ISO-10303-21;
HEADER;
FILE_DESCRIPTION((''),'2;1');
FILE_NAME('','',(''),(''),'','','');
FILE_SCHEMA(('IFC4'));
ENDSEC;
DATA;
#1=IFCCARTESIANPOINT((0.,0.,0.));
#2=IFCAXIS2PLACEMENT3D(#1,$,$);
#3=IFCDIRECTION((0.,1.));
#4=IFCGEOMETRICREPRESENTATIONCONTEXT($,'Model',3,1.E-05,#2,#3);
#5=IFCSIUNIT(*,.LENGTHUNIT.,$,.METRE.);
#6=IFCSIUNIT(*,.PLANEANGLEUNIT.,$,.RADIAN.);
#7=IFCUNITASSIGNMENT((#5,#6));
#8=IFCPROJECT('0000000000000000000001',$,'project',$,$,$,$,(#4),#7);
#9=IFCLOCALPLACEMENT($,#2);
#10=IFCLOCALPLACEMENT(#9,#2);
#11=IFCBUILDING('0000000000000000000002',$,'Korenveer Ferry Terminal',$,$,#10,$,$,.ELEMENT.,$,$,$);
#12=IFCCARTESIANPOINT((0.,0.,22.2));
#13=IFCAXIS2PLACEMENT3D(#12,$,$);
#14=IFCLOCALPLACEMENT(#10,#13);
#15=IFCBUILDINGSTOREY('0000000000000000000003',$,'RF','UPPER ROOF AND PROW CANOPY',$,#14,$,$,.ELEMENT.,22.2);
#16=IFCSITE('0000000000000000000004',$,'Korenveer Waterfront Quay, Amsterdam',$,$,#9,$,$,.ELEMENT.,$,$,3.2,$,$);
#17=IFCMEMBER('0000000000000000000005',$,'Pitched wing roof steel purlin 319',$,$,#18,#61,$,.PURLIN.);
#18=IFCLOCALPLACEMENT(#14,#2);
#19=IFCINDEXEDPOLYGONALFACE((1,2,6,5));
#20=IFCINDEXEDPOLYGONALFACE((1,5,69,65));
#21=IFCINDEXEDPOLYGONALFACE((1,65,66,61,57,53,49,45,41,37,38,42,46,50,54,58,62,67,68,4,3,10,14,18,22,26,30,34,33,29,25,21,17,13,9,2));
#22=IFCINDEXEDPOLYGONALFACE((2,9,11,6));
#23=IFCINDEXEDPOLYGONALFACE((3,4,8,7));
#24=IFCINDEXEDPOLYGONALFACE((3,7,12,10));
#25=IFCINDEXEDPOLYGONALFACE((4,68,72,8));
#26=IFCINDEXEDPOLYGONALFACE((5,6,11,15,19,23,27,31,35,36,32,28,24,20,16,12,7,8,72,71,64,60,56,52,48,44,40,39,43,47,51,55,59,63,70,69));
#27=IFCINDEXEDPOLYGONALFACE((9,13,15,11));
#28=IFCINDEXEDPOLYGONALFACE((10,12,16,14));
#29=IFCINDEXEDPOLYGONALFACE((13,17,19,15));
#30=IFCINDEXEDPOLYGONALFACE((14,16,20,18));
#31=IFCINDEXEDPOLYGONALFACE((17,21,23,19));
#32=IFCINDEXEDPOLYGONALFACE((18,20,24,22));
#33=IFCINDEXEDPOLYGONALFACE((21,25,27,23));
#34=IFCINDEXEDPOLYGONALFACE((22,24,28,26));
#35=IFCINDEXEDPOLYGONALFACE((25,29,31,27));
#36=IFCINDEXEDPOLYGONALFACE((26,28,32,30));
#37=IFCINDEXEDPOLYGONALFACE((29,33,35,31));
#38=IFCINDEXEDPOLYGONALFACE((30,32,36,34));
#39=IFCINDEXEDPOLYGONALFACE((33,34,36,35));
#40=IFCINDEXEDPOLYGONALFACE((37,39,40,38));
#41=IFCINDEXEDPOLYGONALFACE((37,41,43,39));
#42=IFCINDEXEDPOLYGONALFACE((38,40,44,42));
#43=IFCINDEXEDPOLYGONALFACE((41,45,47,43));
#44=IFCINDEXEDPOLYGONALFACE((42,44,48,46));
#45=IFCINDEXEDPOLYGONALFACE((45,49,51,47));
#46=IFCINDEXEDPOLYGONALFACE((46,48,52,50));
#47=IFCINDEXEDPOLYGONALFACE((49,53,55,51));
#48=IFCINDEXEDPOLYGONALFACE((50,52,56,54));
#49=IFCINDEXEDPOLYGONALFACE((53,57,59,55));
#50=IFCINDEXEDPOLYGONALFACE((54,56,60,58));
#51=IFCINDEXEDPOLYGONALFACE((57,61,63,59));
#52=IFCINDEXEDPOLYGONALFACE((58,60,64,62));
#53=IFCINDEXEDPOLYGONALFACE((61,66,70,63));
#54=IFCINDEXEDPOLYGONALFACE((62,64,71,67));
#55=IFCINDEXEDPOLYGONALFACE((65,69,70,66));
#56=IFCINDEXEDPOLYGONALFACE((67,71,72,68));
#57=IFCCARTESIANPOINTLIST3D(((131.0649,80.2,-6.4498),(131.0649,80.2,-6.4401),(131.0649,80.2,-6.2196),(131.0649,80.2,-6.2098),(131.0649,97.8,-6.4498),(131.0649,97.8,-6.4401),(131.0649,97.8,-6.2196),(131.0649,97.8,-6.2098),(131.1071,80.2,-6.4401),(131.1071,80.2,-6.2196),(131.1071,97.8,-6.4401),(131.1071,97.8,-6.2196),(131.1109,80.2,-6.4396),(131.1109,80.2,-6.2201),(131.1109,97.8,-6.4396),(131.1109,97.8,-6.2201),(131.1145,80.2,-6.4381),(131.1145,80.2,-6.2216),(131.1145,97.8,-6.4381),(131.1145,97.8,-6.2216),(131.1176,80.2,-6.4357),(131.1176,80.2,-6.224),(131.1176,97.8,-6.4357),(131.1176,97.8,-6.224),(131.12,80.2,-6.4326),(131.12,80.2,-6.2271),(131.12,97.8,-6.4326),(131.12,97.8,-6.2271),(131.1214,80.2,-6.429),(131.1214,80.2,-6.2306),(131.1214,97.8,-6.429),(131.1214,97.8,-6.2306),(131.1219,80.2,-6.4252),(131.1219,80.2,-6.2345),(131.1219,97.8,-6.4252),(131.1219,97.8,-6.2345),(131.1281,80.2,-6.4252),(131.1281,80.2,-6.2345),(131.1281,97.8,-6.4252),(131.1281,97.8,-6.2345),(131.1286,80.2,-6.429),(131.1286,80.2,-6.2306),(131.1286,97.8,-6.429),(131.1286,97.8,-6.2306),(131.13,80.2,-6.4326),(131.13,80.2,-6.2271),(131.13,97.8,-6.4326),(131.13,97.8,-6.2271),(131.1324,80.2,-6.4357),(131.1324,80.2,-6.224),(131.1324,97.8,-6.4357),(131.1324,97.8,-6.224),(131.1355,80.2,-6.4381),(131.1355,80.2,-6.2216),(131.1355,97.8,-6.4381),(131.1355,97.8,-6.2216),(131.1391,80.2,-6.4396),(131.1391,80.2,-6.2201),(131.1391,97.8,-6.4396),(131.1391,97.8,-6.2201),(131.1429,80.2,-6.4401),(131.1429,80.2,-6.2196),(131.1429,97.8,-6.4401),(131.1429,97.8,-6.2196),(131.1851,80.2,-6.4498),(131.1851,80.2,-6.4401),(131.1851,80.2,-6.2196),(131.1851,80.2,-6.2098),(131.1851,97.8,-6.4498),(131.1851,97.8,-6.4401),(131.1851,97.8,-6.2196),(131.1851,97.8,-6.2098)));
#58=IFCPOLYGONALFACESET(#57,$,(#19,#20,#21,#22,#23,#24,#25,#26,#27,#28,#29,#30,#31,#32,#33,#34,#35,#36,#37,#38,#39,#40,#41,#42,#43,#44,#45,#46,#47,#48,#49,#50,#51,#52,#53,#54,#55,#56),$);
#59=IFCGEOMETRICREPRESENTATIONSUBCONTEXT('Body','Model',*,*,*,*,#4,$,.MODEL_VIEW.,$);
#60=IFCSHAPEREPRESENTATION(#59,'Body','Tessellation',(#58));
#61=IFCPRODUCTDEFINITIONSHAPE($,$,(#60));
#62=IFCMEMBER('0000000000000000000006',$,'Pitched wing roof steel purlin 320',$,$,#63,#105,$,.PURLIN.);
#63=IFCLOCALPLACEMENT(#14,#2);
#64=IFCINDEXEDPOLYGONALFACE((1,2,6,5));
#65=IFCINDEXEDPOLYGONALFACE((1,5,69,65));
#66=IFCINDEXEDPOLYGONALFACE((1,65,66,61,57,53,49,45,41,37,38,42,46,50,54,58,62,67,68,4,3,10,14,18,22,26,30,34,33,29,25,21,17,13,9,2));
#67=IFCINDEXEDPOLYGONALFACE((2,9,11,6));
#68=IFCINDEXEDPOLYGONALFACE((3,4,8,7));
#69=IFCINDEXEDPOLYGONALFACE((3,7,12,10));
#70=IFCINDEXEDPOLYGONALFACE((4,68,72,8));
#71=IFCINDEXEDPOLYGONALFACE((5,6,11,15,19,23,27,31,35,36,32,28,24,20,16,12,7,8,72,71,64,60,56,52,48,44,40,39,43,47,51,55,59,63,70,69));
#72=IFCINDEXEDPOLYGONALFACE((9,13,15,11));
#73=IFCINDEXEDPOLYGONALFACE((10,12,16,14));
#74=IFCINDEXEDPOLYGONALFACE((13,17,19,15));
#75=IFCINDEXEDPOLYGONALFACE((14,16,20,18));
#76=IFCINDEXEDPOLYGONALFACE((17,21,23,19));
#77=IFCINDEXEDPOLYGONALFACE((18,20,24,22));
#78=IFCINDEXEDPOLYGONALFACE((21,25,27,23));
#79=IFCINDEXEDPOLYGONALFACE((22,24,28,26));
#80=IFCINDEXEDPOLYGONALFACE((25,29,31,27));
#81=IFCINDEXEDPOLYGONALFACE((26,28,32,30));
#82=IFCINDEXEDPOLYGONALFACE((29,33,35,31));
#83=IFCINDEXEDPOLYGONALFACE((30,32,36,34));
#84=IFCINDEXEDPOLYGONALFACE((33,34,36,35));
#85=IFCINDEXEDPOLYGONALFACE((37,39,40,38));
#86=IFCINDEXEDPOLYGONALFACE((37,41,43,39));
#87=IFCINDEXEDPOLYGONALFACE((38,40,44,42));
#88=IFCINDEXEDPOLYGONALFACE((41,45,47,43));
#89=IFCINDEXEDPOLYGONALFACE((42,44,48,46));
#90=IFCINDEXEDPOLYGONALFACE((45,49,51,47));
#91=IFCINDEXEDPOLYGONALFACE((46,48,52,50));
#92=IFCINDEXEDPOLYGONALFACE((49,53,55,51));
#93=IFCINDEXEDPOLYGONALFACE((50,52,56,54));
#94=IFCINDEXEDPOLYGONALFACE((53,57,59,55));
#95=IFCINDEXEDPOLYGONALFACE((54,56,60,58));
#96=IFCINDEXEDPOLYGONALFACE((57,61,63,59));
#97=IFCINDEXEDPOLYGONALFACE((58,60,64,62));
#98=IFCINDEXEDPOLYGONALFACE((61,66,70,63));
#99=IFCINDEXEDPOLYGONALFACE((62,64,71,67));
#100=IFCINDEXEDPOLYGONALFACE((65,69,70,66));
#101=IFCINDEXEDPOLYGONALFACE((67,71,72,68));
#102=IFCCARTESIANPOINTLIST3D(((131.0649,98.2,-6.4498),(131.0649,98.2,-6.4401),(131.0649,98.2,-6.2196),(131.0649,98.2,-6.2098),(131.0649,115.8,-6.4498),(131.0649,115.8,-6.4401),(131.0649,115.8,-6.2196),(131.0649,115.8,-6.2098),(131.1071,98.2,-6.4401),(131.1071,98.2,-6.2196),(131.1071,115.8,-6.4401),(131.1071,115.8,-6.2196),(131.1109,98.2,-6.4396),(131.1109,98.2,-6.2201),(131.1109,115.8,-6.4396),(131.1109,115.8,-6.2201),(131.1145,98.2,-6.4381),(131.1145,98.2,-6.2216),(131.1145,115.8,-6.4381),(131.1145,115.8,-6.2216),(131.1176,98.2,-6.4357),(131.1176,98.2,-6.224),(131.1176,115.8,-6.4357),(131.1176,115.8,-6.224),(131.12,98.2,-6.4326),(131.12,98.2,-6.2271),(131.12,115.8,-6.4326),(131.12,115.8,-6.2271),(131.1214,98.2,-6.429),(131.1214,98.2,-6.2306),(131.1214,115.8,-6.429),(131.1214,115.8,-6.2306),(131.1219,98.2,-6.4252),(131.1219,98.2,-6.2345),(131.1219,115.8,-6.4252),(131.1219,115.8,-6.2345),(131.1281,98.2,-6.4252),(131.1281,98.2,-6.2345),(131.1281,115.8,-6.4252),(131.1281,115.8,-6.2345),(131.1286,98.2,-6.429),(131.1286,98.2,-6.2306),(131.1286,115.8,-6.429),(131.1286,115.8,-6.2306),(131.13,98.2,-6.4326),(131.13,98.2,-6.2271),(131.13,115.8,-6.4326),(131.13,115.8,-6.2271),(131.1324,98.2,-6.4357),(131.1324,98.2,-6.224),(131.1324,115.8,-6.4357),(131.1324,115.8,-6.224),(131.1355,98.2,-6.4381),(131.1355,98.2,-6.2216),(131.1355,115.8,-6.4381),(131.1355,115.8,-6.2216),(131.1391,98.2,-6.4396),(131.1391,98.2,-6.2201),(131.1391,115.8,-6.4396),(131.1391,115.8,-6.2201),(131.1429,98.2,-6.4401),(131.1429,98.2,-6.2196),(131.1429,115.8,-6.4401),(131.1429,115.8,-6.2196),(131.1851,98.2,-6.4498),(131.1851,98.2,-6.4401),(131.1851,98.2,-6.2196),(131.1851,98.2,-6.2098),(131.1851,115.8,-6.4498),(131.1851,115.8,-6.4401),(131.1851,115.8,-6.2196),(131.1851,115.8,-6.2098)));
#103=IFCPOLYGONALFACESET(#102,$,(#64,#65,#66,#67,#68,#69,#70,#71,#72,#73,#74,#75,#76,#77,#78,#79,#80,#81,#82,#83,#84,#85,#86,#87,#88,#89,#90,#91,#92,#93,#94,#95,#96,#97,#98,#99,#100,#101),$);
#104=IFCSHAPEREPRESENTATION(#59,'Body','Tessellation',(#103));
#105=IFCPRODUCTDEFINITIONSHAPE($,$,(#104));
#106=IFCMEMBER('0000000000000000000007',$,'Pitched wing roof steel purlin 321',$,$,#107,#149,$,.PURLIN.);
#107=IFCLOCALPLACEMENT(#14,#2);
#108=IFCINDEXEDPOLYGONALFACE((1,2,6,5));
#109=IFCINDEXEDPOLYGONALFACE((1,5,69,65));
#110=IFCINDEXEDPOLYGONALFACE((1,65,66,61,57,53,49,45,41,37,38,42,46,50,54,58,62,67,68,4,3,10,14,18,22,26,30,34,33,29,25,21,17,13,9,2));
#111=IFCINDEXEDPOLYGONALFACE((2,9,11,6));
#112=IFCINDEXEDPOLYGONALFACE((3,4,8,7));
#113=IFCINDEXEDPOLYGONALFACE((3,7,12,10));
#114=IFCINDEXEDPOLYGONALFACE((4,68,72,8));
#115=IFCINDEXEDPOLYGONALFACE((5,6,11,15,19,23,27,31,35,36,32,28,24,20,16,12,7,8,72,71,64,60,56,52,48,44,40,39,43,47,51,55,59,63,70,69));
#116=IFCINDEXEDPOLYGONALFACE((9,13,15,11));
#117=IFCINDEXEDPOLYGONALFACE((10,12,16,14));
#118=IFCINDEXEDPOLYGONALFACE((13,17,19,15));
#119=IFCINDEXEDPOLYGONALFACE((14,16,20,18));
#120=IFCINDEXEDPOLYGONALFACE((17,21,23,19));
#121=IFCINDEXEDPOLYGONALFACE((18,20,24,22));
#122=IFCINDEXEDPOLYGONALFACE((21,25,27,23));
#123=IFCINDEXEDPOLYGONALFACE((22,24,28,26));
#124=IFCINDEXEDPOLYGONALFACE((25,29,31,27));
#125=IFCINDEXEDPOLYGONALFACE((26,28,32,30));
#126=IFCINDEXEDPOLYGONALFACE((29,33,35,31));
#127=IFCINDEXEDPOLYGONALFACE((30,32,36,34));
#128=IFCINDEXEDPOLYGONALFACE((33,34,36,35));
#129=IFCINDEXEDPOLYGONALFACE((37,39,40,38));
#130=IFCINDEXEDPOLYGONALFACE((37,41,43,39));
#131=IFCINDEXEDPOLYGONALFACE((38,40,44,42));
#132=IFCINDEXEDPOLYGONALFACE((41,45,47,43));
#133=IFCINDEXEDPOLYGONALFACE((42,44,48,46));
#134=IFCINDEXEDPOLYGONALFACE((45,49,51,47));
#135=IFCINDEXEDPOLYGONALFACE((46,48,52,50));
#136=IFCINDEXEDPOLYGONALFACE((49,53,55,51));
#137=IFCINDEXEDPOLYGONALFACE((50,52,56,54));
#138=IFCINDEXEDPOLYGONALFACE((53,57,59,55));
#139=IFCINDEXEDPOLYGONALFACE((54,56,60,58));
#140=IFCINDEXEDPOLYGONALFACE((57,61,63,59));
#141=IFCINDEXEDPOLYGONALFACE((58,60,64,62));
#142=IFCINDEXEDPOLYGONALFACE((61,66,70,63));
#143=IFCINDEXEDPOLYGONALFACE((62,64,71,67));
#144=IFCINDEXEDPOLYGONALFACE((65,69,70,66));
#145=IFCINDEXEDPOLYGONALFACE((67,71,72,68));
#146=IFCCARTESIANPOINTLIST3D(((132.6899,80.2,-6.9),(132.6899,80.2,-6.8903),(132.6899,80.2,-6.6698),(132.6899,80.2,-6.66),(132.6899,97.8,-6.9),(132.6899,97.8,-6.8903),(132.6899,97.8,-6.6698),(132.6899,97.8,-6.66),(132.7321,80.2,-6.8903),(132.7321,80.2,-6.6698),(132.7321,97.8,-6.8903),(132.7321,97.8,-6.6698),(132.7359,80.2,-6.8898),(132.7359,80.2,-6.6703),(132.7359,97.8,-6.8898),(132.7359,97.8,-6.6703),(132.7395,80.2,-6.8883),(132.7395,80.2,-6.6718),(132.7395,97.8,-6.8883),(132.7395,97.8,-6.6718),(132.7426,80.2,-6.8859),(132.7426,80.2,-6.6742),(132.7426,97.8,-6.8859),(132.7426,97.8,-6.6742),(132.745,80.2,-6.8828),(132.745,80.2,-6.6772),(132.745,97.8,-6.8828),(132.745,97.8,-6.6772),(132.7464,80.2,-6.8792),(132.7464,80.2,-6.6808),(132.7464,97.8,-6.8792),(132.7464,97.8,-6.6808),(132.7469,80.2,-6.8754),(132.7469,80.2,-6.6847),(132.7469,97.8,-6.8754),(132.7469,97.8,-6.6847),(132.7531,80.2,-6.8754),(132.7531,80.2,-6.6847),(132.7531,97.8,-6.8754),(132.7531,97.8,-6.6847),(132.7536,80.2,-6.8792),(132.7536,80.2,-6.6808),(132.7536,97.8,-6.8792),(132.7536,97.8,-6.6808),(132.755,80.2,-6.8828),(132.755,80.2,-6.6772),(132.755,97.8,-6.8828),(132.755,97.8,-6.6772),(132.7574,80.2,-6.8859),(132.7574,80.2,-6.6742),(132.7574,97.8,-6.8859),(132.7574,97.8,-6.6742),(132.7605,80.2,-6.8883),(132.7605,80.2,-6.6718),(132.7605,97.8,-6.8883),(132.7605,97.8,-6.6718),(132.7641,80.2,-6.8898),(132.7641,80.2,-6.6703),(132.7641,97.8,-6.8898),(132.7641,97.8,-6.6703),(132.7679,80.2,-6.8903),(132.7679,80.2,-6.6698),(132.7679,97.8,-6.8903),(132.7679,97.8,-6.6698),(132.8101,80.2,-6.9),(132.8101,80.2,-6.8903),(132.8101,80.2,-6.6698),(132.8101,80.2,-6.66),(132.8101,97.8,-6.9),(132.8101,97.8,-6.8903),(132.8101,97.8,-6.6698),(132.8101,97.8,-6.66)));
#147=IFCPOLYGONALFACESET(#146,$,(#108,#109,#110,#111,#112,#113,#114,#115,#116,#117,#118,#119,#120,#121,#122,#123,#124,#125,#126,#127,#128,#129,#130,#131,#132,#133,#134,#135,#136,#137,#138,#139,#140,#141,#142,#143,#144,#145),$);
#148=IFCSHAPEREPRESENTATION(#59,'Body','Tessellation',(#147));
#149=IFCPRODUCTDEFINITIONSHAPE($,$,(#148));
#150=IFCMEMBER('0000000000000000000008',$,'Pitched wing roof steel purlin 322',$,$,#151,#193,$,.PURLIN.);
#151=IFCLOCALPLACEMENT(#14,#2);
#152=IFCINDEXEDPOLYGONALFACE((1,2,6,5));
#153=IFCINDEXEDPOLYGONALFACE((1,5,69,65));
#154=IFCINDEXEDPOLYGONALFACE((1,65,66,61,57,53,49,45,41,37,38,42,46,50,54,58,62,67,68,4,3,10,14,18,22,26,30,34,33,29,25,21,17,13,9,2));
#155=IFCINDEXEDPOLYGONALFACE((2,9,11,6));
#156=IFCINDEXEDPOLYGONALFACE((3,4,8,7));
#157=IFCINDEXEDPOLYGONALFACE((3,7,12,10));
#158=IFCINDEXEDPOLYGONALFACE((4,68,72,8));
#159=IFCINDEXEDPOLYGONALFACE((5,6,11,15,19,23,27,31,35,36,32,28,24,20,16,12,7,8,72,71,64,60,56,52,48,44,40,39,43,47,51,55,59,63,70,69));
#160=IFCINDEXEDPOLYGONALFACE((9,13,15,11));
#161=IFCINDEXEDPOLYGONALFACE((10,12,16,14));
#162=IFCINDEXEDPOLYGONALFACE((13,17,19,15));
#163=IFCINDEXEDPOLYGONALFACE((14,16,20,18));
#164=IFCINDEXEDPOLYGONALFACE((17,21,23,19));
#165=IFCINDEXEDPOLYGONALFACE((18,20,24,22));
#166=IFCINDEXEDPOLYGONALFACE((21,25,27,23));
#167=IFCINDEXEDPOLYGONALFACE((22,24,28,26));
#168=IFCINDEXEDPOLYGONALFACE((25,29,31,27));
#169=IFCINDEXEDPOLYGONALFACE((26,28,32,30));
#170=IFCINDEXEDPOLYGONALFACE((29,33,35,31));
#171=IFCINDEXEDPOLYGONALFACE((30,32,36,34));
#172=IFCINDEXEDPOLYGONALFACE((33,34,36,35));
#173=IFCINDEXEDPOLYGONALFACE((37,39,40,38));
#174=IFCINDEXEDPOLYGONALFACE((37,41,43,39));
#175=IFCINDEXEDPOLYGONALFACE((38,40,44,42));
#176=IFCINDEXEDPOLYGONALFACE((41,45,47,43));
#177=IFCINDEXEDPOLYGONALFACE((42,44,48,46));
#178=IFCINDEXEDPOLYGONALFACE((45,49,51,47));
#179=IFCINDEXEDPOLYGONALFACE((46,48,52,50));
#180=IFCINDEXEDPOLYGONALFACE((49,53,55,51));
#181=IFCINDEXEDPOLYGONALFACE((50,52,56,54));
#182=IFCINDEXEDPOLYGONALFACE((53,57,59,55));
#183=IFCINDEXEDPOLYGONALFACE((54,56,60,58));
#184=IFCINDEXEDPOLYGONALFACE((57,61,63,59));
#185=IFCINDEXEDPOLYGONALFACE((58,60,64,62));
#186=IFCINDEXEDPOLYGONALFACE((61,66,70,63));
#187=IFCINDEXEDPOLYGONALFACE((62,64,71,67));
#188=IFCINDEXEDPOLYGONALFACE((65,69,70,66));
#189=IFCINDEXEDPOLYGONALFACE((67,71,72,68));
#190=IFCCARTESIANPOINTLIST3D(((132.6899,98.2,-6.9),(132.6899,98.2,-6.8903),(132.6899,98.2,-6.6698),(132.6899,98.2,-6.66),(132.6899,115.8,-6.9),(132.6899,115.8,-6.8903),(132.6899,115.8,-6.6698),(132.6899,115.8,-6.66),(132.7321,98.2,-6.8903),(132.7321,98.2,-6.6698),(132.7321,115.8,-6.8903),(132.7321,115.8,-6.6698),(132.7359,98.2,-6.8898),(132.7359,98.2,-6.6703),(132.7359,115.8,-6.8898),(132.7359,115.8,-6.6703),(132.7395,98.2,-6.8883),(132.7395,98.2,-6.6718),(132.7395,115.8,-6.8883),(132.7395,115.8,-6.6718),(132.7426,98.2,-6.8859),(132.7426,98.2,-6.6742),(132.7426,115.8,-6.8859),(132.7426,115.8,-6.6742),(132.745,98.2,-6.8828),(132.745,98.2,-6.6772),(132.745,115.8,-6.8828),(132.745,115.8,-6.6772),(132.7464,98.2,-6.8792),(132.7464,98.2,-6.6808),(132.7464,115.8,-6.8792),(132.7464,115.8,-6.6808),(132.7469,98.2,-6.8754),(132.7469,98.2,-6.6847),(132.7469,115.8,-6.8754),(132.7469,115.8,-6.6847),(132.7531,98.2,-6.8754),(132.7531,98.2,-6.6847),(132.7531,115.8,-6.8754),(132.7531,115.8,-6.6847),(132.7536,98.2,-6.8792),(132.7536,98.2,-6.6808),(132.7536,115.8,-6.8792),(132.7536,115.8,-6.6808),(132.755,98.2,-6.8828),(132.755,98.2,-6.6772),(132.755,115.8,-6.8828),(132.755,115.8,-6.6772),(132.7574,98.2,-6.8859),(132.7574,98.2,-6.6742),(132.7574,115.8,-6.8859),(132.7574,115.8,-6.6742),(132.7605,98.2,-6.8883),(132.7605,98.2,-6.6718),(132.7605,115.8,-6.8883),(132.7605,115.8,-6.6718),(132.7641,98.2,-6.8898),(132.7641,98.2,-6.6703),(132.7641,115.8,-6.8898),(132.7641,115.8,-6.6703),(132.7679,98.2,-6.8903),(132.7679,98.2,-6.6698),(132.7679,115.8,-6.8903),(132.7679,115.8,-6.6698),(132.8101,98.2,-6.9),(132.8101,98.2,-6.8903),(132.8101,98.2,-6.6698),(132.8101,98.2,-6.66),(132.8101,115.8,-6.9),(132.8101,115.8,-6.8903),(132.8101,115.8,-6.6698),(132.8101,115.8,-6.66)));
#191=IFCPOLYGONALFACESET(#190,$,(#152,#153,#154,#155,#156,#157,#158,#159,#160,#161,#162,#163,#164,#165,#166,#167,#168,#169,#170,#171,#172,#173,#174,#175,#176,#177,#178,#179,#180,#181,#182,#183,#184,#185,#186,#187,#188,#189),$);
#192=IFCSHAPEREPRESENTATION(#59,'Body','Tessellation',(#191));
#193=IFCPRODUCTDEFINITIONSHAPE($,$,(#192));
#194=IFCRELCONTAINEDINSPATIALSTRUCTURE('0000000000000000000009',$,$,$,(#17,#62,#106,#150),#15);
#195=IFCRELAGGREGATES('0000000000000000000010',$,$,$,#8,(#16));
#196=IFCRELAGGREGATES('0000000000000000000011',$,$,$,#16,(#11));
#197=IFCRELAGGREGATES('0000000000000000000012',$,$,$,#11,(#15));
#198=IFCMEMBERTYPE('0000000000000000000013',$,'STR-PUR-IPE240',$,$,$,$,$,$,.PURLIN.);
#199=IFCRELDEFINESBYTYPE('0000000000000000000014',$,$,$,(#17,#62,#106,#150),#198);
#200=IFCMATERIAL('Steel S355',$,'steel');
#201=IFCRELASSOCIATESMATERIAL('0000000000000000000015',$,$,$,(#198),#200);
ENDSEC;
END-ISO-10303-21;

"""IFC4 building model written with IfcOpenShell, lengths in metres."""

from ifc_helpers import new_model, si_unit, direction, frame, origin, origin_2d, place, context, subcontext, project, spatial, i_section, extrude, material, material_profile, profile_set, type_object, element, save


model = new_model("IFC4")

# Units and contexts
model_context = context("Model", 3, precision=1e-05, world=origin(), true_north=direction((0.0, 1.0)))
body_context = subcontext(model_context, "Body", "Model", "MODEL_VIEW")
ifc_project = project(units=[si_unit("LENGTHUNIT", "METRE"), si_unit("PLANEANGLEUNIT", "RADIAN")], contexts=[model_context])

# Site, building, storey
site_placement = place(None, origin())
site = spatial("IfcSite", under=ifc_project, at=site_placement, Name="Korenveer Waterfront Quay, Amsterdam", CompositionType="ELEMENT", RefElevation=3.2)
building_placement = place(site_placement, origin())
building = spatial("IfcBuilding", under=site, at=building_placement, Name="Korenveer Ferry Terminal", CompositionType="ELEMENT")
storey_placement = place(building_placement, frame((0.0, 0.0, 22.2)))
storey = spatial("IfcBuildingStorey", under=building, at=storey_placement, Name="RF", Description="UPPER ROOF AND PROW CANOPY", CompositionType="ELEMENT", Elevation=22.2)

# Shared definitions
ifc_material_1 = material(Name="Steel S355", Category="steel")

# Members
ifc_material_profile_1 = material_profile(ifc_material_1, i_section(OverallWidth=0.1201, OverallDepth=0.24, WebThickness=0.0061, FlangeThickness=0.0098, FilletRadius=0.0149, at=origin_2d()), Name="IPE 240")
ifc_profile_set_1 = profile_set([ifc_material_profile_1], Name="Steel S355")
member_type_1 = type_object("IfcMemberType", Name="STR-PUR-IPE240", PredefinedType="PURLIN", material=ifc_profile_set_1)
for number, where, z_axis, x_axis, name in (
    (1, (131.125, 80.2, -6.3298), (0.0, 1.0, 0.0), (-1.0, 0.0, 0.0), "Pitched wing roof steel purlin 319"),
    (2, (131.125, 98.2, -6.3298), (0.0, 1.0, 0.0), (-1.0, 0.0, 0.0), "Pitched wing roof steel purlin 320"),
    (3, (132.75, 80.2, -6.78), (0.0, 1.0, 0.0), (-1.0, 0.0, 0.0), "Pitched wing roof steel purlin 321"),
    (4, (132.75, 98.2, -6.78), (0.0, 1.0, 0.0), (-1.0, 0.0, 0.0), "Pitched wing roof steel purlin 322"),
):
    element("IfcMember", number, at=place(storey_placement, frame(where, z_axis=z_axis, x_axis=x_axis)), inside=storey, type_object=member_type_1, Name=name, PredefinedType="PURLIN", context=body_context, shape_type="SweptSolid", body=[
        extrude(i_section(OverallWidth=0.1201, OverallDepth=0.24, WebThickness=0.0061, FlangeThickness=0.0098, FilletRadius=0.0149, at=origin_2d()), origin(), (0.0, 0.0, 1.0), 17.6001),
    ])

save(model, "model.ifc")
